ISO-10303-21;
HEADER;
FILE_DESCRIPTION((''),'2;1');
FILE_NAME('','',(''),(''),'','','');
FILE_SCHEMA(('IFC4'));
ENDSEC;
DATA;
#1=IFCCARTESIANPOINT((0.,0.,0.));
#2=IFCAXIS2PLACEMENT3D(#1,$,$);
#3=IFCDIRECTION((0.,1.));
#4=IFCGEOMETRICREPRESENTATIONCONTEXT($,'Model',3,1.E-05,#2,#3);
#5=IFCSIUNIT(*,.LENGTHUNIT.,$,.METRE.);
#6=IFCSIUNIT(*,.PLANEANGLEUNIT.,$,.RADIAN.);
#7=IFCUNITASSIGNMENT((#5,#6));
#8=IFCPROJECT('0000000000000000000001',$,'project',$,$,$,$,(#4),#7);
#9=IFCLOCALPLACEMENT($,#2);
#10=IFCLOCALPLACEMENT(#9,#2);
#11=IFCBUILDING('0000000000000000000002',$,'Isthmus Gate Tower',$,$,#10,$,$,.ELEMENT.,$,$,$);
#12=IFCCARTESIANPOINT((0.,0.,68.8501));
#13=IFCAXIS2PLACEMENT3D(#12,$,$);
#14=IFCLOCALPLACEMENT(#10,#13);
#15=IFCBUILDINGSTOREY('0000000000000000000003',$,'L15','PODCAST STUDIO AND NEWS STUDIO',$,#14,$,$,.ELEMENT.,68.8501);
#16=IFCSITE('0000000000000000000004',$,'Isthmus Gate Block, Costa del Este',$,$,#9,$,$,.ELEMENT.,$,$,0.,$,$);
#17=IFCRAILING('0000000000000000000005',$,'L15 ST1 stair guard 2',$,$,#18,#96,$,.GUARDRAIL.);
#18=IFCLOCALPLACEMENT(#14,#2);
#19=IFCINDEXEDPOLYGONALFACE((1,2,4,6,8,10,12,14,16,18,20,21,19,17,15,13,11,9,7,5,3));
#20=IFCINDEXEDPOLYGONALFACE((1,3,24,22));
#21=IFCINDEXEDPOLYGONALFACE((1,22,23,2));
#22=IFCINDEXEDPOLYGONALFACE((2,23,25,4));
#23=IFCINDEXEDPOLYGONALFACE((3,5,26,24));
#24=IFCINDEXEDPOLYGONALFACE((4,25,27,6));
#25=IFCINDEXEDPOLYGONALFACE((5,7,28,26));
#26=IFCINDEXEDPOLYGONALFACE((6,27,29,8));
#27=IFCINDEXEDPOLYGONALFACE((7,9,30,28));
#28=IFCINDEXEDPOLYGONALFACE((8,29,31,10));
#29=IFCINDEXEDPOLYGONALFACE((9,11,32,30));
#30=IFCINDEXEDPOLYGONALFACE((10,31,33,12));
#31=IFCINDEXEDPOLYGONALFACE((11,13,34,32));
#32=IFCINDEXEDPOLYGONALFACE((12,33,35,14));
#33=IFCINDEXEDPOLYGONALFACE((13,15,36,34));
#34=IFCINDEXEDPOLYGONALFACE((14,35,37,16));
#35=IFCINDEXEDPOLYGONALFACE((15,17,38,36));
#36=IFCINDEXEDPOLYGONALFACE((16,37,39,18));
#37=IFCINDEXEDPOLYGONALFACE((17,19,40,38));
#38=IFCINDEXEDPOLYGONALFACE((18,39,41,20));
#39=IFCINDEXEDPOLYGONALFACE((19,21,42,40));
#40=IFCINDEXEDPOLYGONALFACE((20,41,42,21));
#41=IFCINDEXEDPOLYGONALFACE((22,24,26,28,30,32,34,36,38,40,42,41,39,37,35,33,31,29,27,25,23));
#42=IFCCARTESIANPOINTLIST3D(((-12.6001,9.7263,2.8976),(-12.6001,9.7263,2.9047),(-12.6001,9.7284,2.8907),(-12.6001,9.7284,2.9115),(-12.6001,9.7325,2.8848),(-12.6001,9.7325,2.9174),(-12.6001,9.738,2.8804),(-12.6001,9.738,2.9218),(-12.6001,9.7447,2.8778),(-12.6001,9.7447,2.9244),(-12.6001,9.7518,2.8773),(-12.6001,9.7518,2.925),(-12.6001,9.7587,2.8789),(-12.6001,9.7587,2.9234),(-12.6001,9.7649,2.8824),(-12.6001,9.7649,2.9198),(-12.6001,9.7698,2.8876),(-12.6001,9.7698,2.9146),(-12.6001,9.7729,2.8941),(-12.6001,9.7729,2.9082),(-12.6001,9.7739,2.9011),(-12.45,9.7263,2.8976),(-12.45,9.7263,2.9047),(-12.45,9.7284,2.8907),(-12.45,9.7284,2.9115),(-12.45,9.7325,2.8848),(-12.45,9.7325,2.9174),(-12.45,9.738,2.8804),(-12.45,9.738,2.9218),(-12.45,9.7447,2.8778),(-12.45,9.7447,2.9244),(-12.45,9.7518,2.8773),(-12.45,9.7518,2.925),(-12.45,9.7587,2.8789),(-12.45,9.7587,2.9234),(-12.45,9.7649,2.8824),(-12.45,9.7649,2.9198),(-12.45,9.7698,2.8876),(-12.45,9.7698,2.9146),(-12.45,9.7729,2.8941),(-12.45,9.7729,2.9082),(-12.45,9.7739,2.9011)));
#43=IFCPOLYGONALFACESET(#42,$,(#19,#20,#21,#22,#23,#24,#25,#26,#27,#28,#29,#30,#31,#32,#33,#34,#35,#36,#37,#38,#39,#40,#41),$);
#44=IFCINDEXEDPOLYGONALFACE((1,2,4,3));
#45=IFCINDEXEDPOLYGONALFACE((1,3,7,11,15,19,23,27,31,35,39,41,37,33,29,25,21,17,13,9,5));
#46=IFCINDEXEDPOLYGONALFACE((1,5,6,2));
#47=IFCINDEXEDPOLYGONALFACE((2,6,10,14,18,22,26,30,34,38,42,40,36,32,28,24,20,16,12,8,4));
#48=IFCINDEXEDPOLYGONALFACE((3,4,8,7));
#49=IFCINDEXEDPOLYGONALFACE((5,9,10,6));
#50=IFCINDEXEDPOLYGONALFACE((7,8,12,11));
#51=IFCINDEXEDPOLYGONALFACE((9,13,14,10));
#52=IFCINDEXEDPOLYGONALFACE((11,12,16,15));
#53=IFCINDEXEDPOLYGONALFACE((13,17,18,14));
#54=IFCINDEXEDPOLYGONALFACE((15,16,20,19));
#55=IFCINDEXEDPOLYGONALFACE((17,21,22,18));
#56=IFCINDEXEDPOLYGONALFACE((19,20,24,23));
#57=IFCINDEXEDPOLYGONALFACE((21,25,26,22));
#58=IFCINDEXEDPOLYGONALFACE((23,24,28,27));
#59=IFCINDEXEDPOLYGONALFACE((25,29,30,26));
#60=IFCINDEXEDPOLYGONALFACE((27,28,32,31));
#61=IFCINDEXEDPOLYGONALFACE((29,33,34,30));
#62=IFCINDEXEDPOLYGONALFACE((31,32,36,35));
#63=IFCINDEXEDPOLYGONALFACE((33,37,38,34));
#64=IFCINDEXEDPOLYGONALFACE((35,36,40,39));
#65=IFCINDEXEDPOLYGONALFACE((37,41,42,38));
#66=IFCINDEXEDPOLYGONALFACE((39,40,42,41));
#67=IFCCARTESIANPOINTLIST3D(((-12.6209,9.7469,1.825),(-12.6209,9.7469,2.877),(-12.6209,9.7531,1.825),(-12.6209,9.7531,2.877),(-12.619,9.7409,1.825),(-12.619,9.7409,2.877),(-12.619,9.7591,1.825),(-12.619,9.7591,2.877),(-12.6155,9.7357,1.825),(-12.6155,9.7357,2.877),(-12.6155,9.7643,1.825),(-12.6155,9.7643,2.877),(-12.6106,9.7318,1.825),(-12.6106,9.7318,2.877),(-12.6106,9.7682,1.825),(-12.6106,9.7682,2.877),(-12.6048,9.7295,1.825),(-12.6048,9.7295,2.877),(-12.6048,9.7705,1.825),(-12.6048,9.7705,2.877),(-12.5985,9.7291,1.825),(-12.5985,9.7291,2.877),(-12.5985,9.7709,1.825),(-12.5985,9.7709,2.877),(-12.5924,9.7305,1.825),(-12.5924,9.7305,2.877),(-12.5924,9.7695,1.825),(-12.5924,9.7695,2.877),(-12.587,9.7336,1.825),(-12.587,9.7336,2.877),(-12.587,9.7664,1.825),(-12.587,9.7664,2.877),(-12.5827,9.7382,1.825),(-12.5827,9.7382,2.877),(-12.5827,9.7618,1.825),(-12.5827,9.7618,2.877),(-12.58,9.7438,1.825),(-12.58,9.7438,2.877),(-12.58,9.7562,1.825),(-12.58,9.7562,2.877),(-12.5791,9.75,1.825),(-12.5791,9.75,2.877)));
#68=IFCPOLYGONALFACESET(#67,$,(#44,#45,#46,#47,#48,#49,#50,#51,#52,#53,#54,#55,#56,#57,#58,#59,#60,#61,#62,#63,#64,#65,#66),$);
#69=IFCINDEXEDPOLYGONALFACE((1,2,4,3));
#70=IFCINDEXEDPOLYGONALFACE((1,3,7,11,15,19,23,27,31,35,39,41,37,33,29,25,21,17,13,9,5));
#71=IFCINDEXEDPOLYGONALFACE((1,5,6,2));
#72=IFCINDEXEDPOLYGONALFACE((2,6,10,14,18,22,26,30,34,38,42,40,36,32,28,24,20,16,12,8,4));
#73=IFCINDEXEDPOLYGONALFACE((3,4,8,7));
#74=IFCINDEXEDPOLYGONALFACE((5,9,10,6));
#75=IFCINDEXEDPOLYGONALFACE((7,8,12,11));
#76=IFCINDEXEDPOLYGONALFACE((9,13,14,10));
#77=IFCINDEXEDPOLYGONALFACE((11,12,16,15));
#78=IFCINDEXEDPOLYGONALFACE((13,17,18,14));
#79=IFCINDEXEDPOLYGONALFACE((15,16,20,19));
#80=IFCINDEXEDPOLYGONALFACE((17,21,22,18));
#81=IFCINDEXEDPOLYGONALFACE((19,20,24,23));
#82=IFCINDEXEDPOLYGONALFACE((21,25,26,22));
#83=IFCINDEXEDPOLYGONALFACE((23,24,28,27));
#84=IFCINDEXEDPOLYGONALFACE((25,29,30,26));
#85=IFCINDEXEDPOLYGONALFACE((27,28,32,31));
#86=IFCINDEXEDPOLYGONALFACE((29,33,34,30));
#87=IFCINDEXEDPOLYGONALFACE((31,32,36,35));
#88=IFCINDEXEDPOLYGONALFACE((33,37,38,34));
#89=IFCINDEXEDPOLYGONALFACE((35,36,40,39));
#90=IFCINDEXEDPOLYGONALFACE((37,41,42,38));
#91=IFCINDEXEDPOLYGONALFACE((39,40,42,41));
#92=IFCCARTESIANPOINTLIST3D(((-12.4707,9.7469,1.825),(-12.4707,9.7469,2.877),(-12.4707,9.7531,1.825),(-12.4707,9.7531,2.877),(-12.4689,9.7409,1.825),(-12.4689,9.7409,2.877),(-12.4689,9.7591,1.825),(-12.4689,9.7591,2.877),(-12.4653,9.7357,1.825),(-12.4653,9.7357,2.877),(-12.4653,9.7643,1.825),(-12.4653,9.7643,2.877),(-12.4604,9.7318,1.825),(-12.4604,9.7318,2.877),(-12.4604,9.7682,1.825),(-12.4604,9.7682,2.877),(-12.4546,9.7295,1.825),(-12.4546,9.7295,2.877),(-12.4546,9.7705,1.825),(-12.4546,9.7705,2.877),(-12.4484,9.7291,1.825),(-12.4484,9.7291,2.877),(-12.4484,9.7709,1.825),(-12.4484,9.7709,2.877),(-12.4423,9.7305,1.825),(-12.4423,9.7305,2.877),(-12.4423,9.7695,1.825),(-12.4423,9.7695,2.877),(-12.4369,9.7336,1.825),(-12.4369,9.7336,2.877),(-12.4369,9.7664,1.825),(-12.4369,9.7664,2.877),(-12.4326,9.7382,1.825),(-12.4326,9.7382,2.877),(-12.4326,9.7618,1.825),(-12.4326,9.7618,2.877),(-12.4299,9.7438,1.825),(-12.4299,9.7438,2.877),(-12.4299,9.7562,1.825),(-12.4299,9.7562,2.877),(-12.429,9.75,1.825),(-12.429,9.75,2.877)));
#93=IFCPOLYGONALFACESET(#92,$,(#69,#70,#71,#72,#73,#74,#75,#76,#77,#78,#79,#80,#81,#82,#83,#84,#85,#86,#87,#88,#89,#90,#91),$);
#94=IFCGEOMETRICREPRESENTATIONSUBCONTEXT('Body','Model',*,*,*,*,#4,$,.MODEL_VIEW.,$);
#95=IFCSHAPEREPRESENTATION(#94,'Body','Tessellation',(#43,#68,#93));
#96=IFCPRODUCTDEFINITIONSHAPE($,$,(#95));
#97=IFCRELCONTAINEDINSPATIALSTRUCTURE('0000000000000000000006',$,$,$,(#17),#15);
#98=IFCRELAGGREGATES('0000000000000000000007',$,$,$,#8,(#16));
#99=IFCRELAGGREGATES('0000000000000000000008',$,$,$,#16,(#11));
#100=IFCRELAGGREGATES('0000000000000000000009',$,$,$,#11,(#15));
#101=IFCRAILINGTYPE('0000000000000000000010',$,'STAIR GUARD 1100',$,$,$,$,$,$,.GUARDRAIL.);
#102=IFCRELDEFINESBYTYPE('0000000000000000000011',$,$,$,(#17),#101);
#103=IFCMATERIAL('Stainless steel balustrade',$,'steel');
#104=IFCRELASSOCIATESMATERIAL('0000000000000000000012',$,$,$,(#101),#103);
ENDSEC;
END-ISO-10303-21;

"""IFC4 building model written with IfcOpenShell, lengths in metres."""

from ifc_helpers import new_model, si_unit, direction, frame, origin, origin_2d, place, context, subcontext, project, spatial, circle, extrude, material, type_object, element, save


model = new_model("IFC4")

# Units and contexts
model_context = context("Model", 3, precision=1e-05, world=origin(), true_north=direction((0.0, 1.0)))
body_context = subcontext(model_context, "Body", "Model", "MODEL_VIEW")
ifc_project = project(units=[si_unit("LENGTHUNIT", "METRE"), si_unit("PLANEANGLEUNIT", "RADIAN")], contexts=[model_context])

# Site, building, storey
site_placement = place(None, origin())
site = spatial("IfcSite", under=ifc_project, at=site_placement, Name="Isthmus Gate Block, Costa del Este", CompositionType="ELEMENT", RefElevation=0.0)
building_placement = place(site_placement, origin())
building = spatial("IfcBuilding", under=site, at=building_placement, Name="Isthmus Gate Tower", CompositionType="ELEMENT")
storey_placement = place(building_placement, frame((0.0, 0.0, 68.8501)))
storey = spatial("IfcBuildingStorey", under=building, at=storey_placement, Name="L15", Description="PODCAST STUDIO AND NEWS STUDIO", CompositionType="ELEMENT", Elevation=68.8501)

# Railing
ifc_material_1 = material(Name="Stainless steel balustrade", Category="steel")
railing_type_1 = type_object("IfcRailingType", Name="STAIR GUARD 1100", PredefinedType="GUARDRAIL", material=ifc_material_1)
railing_1_placement = place(storey_placement, frame((-12.6001, 9.75, 1.825)))
element("IfcRailing", 1, at=railing_1_placement, inside=storey, type_object=railing_type_1, Name="L15 ST1 stair guard 2", PredefinedType="GUARDRAIL", context=body_context, shape_type="SweptSolid", body=[
    extrude(circle(Radius=0.0239, at=origin_2d()), frame((0.0, 0.0, 1.0762), z_axis=(1.0, 0.0, 0.0), x_axis=(0.0, 1.0, 0.0)), (0.0, 0.0, 1.0), 0.1501),
    extrude(circle(Radius=0.021, at=origin_2d()), origin(), (0.0, 0.0, 1.0), 1.052),
    extrude(circle(Radius=0.021, at=origin_2d()), frame((0.1501, 0.0, 0.0)), (0.0, 0.0, 1.0), 1.052),
])

save(model, "model.ifc")
